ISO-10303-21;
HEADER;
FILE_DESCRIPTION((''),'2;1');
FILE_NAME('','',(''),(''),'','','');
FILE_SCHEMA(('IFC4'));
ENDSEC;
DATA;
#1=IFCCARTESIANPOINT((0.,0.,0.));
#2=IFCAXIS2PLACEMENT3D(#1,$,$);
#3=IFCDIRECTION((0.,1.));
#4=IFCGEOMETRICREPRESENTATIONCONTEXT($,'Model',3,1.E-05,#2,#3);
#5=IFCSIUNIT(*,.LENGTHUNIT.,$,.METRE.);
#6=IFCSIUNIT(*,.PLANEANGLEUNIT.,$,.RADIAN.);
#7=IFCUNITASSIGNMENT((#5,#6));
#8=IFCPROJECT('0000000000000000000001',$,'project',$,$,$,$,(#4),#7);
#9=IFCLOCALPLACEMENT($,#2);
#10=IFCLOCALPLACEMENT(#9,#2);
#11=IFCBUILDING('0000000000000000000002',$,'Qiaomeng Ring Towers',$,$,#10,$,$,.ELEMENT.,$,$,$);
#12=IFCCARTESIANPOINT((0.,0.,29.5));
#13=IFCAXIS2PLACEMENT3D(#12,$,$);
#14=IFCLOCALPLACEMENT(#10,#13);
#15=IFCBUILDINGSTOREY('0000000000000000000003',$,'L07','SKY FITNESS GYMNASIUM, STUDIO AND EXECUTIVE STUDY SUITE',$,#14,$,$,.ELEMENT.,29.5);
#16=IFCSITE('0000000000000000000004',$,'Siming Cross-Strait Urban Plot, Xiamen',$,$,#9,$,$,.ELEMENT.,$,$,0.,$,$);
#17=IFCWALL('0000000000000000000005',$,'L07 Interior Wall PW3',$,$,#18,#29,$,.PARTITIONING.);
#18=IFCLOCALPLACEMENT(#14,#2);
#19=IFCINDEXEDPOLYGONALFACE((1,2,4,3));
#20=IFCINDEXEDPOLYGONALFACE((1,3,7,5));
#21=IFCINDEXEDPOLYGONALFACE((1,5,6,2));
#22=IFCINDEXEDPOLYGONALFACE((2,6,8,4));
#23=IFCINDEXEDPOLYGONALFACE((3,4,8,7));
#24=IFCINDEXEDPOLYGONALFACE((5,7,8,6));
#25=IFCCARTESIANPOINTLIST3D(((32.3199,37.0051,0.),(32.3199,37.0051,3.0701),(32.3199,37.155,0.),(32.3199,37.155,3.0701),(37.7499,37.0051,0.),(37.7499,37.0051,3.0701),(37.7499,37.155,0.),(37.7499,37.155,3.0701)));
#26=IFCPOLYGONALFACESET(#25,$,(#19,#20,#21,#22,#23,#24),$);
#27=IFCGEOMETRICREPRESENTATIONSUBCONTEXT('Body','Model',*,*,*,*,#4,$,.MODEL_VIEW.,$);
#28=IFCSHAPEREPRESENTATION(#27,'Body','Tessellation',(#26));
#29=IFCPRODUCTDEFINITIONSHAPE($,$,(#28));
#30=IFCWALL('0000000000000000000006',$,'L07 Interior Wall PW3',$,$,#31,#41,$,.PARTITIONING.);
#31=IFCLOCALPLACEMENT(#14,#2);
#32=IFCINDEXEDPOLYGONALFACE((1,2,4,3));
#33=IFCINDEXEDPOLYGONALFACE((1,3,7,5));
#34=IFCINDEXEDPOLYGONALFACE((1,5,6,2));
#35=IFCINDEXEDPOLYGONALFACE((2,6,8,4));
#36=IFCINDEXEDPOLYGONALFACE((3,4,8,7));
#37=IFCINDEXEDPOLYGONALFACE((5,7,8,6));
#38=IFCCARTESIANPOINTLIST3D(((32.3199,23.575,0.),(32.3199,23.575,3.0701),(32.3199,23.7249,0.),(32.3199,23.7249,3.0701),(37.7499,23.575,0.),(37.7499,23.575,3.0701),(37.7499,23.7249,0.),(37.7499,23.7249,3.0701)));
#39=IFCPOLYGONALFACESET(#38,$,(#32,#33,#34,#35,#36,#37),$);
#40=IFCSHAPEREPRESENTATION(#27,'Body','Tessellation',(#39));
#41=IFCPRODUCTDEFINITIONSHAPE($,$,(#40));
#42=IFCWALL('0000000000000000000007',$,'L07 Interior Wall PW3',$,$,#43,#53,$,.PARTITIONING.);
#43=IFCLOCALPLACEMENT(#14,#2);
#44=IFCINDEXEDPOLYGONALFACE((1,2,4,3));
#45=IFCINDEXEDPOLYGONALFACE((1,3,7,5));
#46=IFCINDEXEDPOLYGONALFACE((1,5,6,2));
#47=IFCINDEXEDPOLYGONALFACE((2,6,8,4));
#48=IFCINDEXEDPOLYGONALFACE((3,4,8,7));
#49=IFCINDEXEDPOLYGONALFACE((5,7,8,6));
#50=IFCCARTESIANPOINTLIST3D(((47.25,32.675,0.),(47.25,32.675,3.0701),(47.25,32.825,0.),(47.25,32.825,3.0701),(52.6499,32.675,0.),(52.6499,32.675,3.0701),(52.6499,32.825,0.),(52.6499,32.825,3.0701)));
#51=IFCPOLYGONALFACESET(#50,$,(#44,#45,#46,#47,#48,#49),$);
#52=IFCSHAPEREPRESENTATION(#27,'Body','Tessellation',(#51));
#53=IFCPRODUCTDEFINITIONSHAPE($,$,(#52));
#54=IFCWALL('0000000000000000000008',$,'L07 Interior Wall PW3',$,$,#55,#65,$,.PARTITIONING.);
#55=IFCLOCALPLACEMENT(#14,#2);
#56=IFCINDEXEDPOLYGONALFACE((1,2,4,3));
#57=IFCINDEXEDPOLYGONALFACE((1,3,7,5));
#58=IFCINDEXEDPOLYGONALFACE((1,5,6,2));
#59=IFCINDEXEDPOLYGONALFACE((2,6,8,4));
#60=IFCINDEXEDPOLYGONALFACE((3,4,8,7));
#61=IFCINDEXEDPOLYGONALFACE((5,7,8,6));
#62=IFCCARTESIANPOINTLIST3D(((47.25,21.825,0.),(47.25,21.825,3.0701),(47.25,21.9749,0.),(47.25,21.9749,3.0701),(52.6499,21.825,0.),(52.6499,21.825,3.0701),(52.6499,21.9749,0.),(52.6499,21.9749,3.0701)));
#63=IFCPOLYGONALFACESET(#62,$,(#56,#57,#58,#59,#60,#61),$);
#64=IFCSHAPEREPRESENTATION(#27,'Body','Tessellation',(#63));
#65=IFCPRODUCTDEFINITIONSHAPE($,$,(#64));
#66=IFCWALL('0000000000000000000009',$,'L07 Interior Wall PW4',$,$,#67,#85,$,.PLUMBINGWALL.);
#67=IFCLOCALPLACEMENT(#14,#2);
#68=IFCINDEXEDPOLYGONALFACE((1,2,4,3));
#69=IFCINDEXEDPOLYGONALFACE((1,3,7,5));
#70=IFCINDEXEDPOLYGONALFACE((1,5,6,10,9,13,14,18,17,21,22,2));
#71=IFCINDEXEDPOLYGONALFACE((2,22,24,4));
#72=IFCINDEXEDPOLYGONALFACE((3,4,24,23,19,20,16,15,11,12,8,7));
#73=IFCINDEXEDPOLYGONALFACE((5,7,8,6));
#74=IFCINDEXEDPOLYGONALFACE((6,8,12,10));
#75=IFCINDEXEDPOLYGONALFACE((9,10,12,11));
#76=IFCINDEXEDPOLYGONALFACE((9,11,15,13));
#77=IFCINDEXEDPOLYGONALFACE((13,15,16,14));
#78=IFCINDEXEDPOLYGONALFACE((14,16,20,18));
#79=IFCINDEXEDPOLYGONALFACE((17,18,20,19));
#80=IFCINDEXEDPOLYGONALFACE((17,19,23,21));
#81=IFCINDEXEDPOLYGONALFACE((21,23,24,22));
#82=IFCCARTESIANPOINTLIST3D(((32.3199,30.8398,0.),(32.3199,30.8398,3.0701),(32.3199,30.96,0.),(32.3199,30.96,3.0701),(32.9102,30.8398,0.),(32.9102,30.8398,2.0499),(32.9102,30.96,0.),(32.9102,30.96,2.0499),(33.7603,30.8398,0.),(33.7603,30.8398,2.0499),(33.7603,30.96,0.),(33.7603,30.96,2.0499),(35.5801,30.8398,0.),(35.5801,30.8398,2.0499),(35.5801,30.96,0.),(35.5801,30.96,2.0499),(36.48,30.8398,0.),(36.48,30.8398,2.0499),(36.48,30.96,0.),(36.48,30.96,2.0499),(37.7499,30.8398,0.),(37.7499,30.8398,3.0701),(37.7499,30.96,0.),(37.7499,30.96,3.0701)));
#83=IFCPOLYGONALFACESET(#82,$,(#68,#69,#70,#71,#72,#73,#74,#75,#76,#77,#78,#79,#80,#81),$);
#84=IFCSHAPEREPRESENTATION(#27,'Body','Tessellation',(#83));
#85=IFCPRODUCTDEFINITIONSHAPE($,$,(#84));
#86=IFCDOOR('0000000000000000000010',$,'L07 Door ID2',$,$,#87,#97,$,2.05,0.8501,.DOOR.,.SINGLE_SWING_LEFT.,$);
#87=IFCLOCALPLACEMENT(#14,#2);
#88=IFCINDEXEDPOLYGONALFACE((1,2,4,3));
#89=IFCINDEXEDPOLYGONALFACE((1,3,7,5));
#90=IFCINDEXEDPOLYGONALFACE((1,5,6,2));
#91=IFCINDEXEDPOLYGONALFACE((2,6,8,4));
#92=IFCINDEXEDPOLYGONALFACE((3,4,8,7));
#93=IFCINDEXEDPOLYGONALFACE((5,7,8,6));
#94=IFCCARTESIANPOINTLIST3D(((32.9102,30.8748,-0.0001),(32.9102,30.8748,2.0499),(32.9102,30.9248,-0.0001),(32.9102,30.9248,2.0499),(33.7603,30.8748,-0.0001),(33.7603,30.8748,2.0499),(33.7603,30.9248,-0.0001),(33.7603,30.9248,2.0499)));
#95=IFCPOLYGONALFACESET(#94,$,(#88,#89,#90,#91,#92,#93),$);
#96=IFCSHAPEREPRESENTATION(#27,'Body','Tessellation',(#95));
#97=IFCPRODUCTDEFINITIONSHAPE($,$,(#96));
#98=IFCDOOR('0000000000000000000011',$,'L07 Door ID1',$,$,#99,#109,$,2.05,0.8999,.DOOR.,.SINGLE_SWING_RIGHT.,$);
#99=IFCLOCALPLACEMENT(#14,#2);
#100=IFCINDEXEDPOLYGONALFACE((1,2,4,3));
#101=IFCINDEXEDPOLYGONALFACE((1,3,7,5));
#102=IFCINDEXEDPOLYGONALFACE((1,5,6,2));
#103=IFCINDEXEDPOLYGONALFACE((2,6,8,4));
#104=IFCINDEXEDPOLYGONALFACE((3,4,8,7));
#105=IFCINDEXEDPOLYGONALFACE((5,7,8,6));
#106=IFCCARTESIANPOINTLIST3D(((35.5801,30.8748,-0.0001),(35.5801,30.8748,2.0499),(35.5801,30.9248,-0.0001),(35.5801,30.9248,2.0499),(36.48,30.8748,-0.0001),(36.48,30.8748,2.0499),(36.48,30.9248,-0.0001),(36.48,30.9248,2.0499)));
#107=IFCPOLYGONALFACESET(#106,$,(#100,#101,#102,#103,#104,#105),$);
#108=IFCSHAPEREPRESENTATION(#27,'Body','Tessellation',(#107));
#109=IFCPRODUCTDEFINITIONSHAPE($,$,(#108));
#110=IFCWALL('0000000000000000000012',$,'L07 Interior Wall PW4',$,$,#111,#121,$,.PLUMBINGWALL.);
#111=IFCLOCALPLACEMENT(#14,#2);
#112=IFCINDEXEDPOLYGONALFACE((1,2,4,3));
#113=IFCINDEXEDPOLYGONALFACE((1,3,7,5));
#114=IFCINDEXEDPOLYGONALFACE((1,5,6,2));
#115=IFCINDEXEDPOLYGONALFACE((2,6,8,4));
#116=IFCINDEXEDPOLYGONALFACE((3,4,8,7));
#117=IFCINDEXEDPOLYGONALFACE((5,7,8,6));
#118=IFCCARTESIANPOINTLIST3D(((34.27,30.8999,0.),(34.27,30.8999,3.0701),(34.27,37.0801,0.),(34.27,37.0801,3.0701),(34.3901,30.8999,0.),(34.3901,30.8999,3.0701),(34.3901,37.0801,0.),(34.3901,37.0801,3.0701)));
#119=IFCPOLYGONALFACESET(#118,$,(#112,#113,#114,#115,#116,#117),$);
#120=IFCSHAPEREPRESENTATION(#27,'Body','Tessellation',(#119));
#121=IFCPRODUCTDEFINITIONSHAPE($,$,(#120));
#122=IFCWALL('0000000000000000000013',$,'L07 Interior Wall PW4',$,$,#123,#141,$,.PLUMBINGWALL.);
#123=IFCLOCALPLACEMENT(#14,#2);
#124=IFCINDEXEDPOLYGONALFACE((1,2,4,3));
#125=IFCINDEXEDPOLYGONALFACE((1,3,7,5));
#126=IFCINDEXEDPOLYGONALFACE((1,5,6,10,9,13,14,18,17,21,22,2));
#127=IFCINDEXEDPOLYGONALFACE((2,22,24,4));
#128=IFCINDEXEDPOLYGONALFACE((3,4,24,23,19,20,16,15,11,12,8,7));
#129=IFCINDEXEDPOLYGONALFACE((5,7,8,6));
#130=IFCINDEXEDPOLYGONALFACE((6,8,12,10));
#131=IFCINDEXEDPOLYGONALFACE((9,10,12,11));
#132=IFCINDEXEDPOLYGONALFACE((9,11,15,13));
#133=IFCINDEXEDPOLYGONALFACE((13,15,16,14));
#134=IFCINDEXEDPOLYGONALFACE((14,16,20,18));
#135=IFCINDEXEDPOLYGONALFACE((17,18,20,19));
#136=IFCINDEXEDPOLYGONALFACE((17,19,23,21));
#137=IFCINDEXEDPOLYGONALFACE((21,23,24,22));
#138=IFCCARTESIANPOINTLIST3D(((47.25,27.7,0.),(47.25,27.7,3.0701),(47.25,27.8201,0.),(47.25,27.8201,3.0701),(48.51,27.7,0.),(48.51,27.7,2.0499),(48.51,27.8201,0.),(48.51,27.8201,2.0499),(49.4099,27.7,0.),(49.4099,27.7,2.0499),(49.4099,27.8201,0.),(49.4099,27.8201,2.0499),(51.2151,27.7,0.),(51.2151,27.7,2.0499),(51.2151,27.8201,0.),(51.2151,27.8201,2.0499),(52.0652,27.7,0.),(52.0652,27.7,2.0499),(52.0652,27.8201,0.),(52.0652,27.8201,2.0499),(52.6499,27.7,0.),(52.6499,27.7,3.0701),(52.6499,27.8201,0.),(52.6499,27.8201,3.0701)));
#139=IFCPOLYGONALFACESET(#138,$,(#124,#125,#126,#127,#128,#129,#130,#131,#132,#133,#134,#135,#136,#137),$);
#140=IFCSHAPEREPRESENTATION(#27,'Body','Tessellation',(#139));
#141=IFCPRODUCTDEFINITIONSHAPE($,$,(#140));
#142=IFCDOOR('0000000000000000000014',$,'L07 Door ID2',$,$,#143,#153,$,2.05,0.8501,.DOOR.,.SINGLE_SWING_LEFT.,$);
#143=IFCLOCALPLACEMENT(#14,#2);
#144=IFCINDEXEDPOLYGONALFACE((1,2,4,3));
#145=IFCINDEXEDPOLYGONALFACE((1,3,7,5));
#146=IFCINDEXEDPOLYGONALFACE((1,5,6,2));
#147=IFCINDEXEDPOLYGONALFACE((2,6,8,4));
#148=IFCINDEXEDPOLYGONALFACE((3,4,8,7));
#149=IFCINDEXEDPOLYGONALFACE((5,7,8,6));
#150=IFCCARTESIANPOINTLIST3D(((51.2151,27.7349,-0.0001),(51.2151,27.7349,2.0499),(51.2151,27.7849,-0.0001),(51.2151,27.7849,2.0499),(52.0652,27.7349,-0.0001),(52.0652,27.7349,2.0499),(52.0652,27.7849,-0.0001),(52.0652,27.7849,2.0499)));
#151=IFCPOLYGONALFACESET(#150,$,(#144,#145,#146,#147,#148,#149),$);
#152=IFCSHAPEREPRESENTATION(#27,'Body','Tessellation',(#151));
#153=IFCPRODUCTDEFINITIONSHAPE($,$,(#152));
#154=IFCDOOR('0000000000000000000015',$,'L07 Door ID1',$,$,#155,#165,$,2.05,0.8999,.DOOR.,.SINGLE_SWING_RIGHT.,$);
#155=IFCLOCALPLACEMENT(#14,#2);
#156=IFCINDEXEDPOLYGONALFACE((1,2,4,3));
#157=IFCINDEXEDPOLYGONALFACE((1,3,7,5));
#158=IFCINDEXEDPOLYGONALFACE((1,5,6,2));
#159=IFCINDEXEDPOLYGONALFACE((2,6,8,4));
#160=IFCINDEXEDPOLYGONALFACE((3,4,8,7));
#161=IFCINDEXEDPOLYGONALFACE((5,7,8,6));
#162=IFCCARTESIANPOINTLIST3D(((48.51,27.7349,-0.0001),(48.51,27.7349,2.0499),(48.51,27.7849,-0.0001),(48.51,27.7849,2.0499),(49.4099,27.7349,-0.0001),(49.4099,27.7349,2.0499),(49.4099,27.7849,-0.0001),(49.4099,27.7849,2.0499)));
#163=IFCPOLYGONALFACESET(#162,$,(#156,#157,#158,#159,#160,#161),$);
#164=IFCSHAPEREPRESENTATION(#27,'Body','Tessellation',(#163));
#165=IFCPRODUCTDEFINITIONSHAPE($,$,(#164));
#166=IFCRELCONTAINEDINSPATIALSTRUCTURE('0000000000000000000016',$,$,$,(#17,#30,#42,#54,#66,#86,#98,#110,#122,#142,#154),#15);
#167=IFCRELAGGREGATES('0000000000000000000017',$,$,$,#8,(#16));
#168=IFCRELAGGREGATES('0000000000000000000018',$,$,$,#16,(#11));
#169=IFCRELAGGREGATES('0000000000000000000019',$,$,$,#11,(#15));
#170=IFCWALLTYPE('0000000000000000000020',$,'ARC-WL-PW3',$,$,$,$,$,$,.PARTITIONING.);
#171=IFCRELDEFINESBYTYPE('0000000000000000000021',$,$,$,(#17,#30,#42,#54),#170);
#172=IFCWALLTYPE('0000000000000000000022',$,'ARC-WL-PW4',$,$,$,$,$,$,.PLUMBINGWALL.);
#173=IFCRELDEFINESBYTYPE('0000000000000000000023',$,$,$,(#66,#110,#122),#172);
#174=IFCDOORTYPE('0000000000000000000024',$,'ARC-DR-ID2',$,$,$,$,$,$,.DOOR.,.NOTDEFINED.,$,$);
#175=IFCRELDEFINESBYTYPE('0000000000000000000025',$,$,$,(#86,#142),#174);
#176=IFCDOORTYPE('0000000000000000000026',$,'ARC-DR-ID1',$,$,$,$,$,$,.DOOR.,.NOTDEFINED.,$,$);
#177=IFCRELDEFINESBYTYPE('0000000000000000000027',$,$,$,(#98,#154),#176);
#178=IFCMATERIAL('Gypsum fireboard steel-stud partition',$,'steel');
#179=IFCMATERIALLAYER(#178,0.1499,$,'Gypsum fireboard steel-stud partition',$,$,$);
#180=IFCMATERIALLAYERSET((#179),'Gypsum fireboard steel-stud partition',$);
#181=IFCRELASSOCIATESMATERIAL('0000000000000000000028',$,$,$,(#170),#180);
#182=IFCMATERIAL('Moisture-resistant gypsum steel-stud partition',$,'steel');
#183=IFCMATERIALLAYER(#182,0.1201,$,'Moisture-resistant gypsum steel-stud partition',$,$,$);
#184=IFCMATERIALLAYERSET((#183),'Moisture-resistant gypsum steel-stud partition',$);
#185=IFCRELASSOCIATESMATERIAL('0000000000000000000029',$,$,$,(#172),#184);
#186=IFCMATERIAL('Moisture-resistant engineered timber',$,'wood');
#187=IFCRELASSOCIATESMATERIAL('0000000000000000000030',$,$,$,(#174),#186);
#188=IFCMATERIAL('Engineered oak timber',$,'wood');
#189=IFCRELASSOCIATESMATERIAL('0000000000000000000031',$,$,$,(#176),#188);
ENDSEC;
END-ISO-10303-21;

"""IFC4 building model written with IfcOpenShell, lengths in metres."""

from ifc_helpers import new_model, si_unit, direction, frame, frame_2d, origin, place, context, subcontext, project, spatial, rectangle, extrude, source, transform, mapped, material, layer, layer_set, type_object, element, fill, save


model = new_model("IFC4")

# Units and contexts
model_context = context("Model", 3, precision=1e-05, world=origin(), true_north=direction((0.0, 1.0)))
body_context = subcontext(model_context, "Body", "Model", "MODEL_VIEW")
ifc_project = project(units=[si_unit("LENGTHUNIT", "METRE"), si_unit("PLANEANGLEUNIT", "RADIAN")], contexts=[model_context])

# Site, building, storey
site_placement = place(None, origin())
site = spatial("IfcSite", under=ifc_project, at=site_placement, Name="Siming Cross-Strait Urban Plot, Xiamen", CompositionType="ELEMENT", RefElevation=0.0)
building_placement = place(site_placement, origin())
building = spatial("IfcBuilding", under=site, at=building_placement, Name="Qiaomeng Ring Towers", CompositionType="ELEMENT")
storey_placement = place(building_placement, frame((0.0, 0.0, 29.5)))
storey = spatial("IfcBuildingStorey", under=building, at=storey_placement, Name="L07", Description="SKY FITNESS GYMNASIUM, STUDIO AND EXECUTIVE STUDY SUITE", CompositionType="ELEMENT", Elevation=29.5)

# Walls
ifc_material_1 = material(Name="Gypsum fireboard steel-stud partition", Category="steel")
ifc_layer_1 = layer(ifc_material_1, 0.1499, Name="Gypsum fireboard steel-stud partition")
ifc_layer_set_1 = layer_set([ifc_layer_1], Name="Gypsum fireboard steel-stud partition")
wall_type_1 = type_object("IfcWallType", Name="ARC-WL-PW3", PredefinedType="PARTITIONING", material=ifc_layer_set_1)
for number, where, z_axis, x_axis, name in (
    (1, (32.3201, 37.0801, 0.0), (0.0, 0.0, 1.0), (1.0, 0.0, 0.0), "L07 Interior Wall PW3"),
    (2, (32.3201, 23.6499, 0.0), (0.0, 0.0, 1.0), (1.0, 0.0, 0.0), "L07 Interior Wall PW3"),
):
    element("IfcWall", number, at=place(storey_placement, frame(where, z_axis=z_axis, x_axis=x_axis)), inside=storey, type_object=wall_type_1, Name=name, PredefinedType="PARTITIONING", context=body_context, shape_type="SweptSolid", body=[
        extrude(rectangle(XDim=5.4299, YDim=0.1499, at=frame_2d((2.7148, 0.0))), origin(), (0.0, 0.0, 1.0), 3.0701),
    ])
for number, where, z_axis, x_axis, name in (
    (3, (47.25, 32.75, 0.0), (0.0, 0.0, 1.0), (1.0, 0.0, 0.0), "L07 Interior Wall PW3"),
    (4, (47.25, 21.8999, 0.0), (0.0, 0.0, 1.0), (1.0, 0.0, 0.0), "L07 Interior Wall PW3"),
):
    element("IfcWall", number, at=place(storey_placement, frame(where, z_axis=z_axis, x_axis=x_axis)), inside=storey, type_object=wall_type_1, Name=name, PredefinedType="PARTITIONING", context=body_context, shape_type="SweptSolid", body=[
        extrude(rectangle(XDim=5.3999, YDim=0.1499, at=frame_2d((2.7, 0.0))), origin(), (0.0, 0.0, 1.0), 3.0701),
    ])

# Wall, openings, doors
ifc_material_2 = material(Name="Moisture-resistant gypsum steel-stud partition", Category="steel")
ifc_layer_2 = layer(ifc_material_2, 0.1201, Name="Moisture-resistant gypsum steel-stud partition")
ifc_layer_set_2 = layer_set([ifc_layer_2], Name="Moisture-resistant gypsum steel-stud partition")
wall_type_2 = type_object("IfcWallType", Name="ARC-WL-PW4", PredefinedType="PLUMBINGWALL", material=ifc_layer_set_2)
wall_1_placement = place(storey_placement, frame((32.3201, 30.8999, 0.0), z_axis=(0.0, 0.0, 1.0), x_axis=(1.0, 0.0, 0.0)))
wall_1 = element("IfcWall", 5, at=wall_1_placement, inside=storey, type_object=wall_type_2, Name="L07 Interior Wall PW4", PredefinedType="PLUMBINGWALL", context=body_context, shape_type="SweptSolid", body=[
    extrude(rectangle(XDim=5.4299, YDim=0.1201, at=frame_2d((2.7148, 0.0))), origin(), (0.0, 0.0, 1.0), 3.0701),
])
opening_1_placement = place(wall_1_placement, frame((0.5901, 0.0, 0.0)))
opening_1 = element("IfcOpeningElement", 6, at=opening_1_placement, cuts=wall_1, PredefinedType="OPENING", context=body_context, shape_type="SweptSolid", body=[
    extrude(rectangle(XDim=0.8501, YDim=2.05, at=frame_2d((0.425, 1.0249))), frame((0.0, 0.0701, 0.0), z_axis=(0.0, -1.0, 0.0), x_axis=(1.0, 0.0, 0.0)), (0.0, 0.0, 1.0), 0.1401),
])
opening_2_placement = place(wall_1_placement, frame((3.26, 0.0, 0.0)))
opening_2 = element("IfcOpeningElement", 7, at=opening_2_placement, cuts=wall_1, PredefinedType="OPENING", context=body_context, shape_type="SweptSolid", body=[
    extrude(rectangle(XDim=0.8999, YDim=2.05, at=frame_2d((0.45, 1.0249))), frame((0.0, 0.0701, 0.0), z_axis=(0.0, -1.0, 0.0), x_axis=(1.0, 0.0, 0.0)), (0.0, 0.0, 1.0), 0.1401),
])
ifc_material_3 = material(Name="Moisture-resistant engineered timber", Category="wood")
door_type_1 = type_object("IfcDoorType", Name="ARC-DR-ID2", OperationType="NOTDEFINED", PredefinedType="DOOR", material=ifc_material_3)
shared_shape_1 = source(origin(), body_context, "Body", "SweptSolid", [
    extrude(rectangle(XDim=0.8501, YDim=2.05, at=frame_2d((0.425, 1.0249))), frame((0.0, 0.0249, 0.0), z_axis=(0.0, -1.0, 0.0), x_axis=(1.0, 0.0, 0.0)), (0.0, 0.0, 1.0), 0.05),
])
door_1_placement = place(opening_1_placement, origin())
door_1 = element("IfcDoor", 8, at=door_1_placement, inside=storey, type_object=door_type_1, Name="L07 Door ID2", OperationType="SINGLE_SWING_LEFT", OverallHeight=2.05, OverallWidth=0.8501, PredefinedType="DOOR", context=body_context, shape_type="MappedRepresentation", body=[
    mapped(shared_shape_1, transform((0.0, 0.0, 0.0), x_axis=(1.0, 0.0, 0.0), y_axis=(0.0, 1.0, 0.0), z_axis=(0.0, 0.0, 1.0), scale=1.0)),
])
fill(opening_1, door_1)
ifc_material_4 = material(Name="Engineered oak timber", Category="wood")
door_type_2 = type_object("IfcDoorType", Name="ARC-DR-ID1", OperationType="NOTDEFINED", PredefinedType="DOOR", material=ifc_material_4)
shared_shape_2 = source(origin(), body_context, "Body", "SweptSolid", [
    extrude(rectangle(XDim=0.8999, YDim=2.05, at=frame_2d((0.45, 1.0249))), frame((0.0, 0.0249, 0.0), z_axis=(0.0, -1.0, 0.0), x_axis=(1.0, 0.0, 0.0)), (0.0, 0.0, 1.0), 0.05),
])
door_2_placement = place(opening_2_placement, origin())
door_2 = element("IfcDoor", 9, at=door_2_placement, inside=storey, type_object=door_type_2, Name="L07 Door ID1", OperationType="SINGLE_SWING_RIGHT", OverallHeight=2.05, OverallWidth=0.8999, PredefinedType="DOOR", context=body_context, shape_type="MappedRepresentation", body=[
    mapped(shared_shape_2, transform((0.0, 0.0, 0.0), x_axis=(1.0, 0.0, 0.0), y_axis=(0.0, 1.0, 0.0), z_axis=(0.0, 0.0, 1.0), scale=1.0)),
])
fill(opening_2, door_2)

# Wall
wall_2_placement = place(storey_placement, frame((34.3301, 30.8999, 0.0), z_axis=(0.0, 0.0, 1.0), x_axis=(0.0, 1.0, 0.0)))
element("IfcWall", 10, at=wall_2_placement, inside=storey, type_object=wall_type_2, Name="L07 Interior Wall PW4", PredefinedType="PLUMBINGWALL", context=body_context, shape_type="SweptSolid", body=[
    extrude(rectangle(XDim=6.1802, YDim=0.1201, at=frame_2d((3.0901, 0.0))), origin(), (0.0, 0.0, 1.0), 3.0701),
])

# Wall, openings, doors
wall_3_placement = place(storey_placement, frame((47.25, 27.76, 0.0), z_axis=(0.0, 0.0, 1.0), x_axis=(1.0, 0.0, 0.0)))
wall_3 = element("IfcWall", 11, at=wall_3_placement, inside=storey, type_object=wall_type_2, Name="L07 Interior Wall PW4", PredefinedType="PLUMBINGWALL", context=body_context, shape_type="SweptSolid", body=[
    extrude(rectangle(XDim=5.3999, YDim=0.1201, at=frame_2d((2.7, 0.0))), origin(), (0.0, 0.0, 1.0), 3.0701),
])
opening_3_placement = place(wall_3_placement, frame((1.26, 0.0, 0.0)))
opening_3 = element("IfcOpeningElement", 12, at=opening_3_placement, cuts=wall_3, PredefinedType="OPENING", context=body_context, shape_type="SweptSolid", body=[
    extrude(rectangle(XDim=0.8999, YDim=2.05, at=frame_2d((0.45, 1.0249))), frame((0.0, 0.0701, 0.0), z_axis=(0.0, -1.0, 0.0), x_axis=(1.0, 0.0, 0.0)), (0.0, 0.0, 1.0), 0.1401),
])
opening_4_placement = place(wall_3_placement, frame((3.9651, 0.0, 0.0)))
opening_4 = element("IfcOpeningElement", 13, at=opening_4_placement, cuts=wall_3, PredefinedType="OPENING", context=body_context, shape_type="SweptSolid", body=[
    extrude(rectangle(XDim=0.8501, YDim=2.05, at=frame_2d((0.425, 1.0249))), frame((0.0, 0.0701, 0.0), z_axis=(0.0, -1.0, 0.0), x_axis=(1.0, 0.0, 0.0)), (0.0, 0.0, 1.0), 0.1401),
])
door_3_placement = place(opening_4_placement, origin())
door_3 = element("IfcDoor", 14, at=door_3_placement, inside=storey, type_object=door_type_1, Name="L07 Door ID2", OperationType="SINGLE_SWING_LEFT", OverallHeight=2.05, OverallWidth=0.8501, PredefinedType="DOOR", context=body_context, shape_type="MappedRepresentation", body=[
    mapped(shared_shape_1, transform((0.0, 0.0, 0.0), x_axis=(1.0, 0.0, 0.0), y_axis=(0.0, 1.0, 0.0), z_axis=(0.0, 0.0, 1.0), scale=1.0)),
])
fill(opening_4, door_3)
door_4_placement = place(opening_3_placement, origin())
door_4 = element("IfcDoor", 15, at=door_4_placement, inside=storey, type_object=door_type_2, Name="L07 Door ID1", OperationType="SINGLE_SWING_RIGHT", OverallHeight=2.05, OverallWidth=0.8999, PredefinedType="DOOR", context=body_context, shape_type="MappedRepresentation", body=[
    mapped(shared_shape_2, transform((0.0, 0.0, 0.0), x_axis=(1.0, 0.0, 0.0), y_axis=(0.0, 1.0, 0.0), z_axis=(0.0, 0.0, 1.0), scale=1.0)),
])
fill(opening_3, door_4)

save(model, "model.ifc")
